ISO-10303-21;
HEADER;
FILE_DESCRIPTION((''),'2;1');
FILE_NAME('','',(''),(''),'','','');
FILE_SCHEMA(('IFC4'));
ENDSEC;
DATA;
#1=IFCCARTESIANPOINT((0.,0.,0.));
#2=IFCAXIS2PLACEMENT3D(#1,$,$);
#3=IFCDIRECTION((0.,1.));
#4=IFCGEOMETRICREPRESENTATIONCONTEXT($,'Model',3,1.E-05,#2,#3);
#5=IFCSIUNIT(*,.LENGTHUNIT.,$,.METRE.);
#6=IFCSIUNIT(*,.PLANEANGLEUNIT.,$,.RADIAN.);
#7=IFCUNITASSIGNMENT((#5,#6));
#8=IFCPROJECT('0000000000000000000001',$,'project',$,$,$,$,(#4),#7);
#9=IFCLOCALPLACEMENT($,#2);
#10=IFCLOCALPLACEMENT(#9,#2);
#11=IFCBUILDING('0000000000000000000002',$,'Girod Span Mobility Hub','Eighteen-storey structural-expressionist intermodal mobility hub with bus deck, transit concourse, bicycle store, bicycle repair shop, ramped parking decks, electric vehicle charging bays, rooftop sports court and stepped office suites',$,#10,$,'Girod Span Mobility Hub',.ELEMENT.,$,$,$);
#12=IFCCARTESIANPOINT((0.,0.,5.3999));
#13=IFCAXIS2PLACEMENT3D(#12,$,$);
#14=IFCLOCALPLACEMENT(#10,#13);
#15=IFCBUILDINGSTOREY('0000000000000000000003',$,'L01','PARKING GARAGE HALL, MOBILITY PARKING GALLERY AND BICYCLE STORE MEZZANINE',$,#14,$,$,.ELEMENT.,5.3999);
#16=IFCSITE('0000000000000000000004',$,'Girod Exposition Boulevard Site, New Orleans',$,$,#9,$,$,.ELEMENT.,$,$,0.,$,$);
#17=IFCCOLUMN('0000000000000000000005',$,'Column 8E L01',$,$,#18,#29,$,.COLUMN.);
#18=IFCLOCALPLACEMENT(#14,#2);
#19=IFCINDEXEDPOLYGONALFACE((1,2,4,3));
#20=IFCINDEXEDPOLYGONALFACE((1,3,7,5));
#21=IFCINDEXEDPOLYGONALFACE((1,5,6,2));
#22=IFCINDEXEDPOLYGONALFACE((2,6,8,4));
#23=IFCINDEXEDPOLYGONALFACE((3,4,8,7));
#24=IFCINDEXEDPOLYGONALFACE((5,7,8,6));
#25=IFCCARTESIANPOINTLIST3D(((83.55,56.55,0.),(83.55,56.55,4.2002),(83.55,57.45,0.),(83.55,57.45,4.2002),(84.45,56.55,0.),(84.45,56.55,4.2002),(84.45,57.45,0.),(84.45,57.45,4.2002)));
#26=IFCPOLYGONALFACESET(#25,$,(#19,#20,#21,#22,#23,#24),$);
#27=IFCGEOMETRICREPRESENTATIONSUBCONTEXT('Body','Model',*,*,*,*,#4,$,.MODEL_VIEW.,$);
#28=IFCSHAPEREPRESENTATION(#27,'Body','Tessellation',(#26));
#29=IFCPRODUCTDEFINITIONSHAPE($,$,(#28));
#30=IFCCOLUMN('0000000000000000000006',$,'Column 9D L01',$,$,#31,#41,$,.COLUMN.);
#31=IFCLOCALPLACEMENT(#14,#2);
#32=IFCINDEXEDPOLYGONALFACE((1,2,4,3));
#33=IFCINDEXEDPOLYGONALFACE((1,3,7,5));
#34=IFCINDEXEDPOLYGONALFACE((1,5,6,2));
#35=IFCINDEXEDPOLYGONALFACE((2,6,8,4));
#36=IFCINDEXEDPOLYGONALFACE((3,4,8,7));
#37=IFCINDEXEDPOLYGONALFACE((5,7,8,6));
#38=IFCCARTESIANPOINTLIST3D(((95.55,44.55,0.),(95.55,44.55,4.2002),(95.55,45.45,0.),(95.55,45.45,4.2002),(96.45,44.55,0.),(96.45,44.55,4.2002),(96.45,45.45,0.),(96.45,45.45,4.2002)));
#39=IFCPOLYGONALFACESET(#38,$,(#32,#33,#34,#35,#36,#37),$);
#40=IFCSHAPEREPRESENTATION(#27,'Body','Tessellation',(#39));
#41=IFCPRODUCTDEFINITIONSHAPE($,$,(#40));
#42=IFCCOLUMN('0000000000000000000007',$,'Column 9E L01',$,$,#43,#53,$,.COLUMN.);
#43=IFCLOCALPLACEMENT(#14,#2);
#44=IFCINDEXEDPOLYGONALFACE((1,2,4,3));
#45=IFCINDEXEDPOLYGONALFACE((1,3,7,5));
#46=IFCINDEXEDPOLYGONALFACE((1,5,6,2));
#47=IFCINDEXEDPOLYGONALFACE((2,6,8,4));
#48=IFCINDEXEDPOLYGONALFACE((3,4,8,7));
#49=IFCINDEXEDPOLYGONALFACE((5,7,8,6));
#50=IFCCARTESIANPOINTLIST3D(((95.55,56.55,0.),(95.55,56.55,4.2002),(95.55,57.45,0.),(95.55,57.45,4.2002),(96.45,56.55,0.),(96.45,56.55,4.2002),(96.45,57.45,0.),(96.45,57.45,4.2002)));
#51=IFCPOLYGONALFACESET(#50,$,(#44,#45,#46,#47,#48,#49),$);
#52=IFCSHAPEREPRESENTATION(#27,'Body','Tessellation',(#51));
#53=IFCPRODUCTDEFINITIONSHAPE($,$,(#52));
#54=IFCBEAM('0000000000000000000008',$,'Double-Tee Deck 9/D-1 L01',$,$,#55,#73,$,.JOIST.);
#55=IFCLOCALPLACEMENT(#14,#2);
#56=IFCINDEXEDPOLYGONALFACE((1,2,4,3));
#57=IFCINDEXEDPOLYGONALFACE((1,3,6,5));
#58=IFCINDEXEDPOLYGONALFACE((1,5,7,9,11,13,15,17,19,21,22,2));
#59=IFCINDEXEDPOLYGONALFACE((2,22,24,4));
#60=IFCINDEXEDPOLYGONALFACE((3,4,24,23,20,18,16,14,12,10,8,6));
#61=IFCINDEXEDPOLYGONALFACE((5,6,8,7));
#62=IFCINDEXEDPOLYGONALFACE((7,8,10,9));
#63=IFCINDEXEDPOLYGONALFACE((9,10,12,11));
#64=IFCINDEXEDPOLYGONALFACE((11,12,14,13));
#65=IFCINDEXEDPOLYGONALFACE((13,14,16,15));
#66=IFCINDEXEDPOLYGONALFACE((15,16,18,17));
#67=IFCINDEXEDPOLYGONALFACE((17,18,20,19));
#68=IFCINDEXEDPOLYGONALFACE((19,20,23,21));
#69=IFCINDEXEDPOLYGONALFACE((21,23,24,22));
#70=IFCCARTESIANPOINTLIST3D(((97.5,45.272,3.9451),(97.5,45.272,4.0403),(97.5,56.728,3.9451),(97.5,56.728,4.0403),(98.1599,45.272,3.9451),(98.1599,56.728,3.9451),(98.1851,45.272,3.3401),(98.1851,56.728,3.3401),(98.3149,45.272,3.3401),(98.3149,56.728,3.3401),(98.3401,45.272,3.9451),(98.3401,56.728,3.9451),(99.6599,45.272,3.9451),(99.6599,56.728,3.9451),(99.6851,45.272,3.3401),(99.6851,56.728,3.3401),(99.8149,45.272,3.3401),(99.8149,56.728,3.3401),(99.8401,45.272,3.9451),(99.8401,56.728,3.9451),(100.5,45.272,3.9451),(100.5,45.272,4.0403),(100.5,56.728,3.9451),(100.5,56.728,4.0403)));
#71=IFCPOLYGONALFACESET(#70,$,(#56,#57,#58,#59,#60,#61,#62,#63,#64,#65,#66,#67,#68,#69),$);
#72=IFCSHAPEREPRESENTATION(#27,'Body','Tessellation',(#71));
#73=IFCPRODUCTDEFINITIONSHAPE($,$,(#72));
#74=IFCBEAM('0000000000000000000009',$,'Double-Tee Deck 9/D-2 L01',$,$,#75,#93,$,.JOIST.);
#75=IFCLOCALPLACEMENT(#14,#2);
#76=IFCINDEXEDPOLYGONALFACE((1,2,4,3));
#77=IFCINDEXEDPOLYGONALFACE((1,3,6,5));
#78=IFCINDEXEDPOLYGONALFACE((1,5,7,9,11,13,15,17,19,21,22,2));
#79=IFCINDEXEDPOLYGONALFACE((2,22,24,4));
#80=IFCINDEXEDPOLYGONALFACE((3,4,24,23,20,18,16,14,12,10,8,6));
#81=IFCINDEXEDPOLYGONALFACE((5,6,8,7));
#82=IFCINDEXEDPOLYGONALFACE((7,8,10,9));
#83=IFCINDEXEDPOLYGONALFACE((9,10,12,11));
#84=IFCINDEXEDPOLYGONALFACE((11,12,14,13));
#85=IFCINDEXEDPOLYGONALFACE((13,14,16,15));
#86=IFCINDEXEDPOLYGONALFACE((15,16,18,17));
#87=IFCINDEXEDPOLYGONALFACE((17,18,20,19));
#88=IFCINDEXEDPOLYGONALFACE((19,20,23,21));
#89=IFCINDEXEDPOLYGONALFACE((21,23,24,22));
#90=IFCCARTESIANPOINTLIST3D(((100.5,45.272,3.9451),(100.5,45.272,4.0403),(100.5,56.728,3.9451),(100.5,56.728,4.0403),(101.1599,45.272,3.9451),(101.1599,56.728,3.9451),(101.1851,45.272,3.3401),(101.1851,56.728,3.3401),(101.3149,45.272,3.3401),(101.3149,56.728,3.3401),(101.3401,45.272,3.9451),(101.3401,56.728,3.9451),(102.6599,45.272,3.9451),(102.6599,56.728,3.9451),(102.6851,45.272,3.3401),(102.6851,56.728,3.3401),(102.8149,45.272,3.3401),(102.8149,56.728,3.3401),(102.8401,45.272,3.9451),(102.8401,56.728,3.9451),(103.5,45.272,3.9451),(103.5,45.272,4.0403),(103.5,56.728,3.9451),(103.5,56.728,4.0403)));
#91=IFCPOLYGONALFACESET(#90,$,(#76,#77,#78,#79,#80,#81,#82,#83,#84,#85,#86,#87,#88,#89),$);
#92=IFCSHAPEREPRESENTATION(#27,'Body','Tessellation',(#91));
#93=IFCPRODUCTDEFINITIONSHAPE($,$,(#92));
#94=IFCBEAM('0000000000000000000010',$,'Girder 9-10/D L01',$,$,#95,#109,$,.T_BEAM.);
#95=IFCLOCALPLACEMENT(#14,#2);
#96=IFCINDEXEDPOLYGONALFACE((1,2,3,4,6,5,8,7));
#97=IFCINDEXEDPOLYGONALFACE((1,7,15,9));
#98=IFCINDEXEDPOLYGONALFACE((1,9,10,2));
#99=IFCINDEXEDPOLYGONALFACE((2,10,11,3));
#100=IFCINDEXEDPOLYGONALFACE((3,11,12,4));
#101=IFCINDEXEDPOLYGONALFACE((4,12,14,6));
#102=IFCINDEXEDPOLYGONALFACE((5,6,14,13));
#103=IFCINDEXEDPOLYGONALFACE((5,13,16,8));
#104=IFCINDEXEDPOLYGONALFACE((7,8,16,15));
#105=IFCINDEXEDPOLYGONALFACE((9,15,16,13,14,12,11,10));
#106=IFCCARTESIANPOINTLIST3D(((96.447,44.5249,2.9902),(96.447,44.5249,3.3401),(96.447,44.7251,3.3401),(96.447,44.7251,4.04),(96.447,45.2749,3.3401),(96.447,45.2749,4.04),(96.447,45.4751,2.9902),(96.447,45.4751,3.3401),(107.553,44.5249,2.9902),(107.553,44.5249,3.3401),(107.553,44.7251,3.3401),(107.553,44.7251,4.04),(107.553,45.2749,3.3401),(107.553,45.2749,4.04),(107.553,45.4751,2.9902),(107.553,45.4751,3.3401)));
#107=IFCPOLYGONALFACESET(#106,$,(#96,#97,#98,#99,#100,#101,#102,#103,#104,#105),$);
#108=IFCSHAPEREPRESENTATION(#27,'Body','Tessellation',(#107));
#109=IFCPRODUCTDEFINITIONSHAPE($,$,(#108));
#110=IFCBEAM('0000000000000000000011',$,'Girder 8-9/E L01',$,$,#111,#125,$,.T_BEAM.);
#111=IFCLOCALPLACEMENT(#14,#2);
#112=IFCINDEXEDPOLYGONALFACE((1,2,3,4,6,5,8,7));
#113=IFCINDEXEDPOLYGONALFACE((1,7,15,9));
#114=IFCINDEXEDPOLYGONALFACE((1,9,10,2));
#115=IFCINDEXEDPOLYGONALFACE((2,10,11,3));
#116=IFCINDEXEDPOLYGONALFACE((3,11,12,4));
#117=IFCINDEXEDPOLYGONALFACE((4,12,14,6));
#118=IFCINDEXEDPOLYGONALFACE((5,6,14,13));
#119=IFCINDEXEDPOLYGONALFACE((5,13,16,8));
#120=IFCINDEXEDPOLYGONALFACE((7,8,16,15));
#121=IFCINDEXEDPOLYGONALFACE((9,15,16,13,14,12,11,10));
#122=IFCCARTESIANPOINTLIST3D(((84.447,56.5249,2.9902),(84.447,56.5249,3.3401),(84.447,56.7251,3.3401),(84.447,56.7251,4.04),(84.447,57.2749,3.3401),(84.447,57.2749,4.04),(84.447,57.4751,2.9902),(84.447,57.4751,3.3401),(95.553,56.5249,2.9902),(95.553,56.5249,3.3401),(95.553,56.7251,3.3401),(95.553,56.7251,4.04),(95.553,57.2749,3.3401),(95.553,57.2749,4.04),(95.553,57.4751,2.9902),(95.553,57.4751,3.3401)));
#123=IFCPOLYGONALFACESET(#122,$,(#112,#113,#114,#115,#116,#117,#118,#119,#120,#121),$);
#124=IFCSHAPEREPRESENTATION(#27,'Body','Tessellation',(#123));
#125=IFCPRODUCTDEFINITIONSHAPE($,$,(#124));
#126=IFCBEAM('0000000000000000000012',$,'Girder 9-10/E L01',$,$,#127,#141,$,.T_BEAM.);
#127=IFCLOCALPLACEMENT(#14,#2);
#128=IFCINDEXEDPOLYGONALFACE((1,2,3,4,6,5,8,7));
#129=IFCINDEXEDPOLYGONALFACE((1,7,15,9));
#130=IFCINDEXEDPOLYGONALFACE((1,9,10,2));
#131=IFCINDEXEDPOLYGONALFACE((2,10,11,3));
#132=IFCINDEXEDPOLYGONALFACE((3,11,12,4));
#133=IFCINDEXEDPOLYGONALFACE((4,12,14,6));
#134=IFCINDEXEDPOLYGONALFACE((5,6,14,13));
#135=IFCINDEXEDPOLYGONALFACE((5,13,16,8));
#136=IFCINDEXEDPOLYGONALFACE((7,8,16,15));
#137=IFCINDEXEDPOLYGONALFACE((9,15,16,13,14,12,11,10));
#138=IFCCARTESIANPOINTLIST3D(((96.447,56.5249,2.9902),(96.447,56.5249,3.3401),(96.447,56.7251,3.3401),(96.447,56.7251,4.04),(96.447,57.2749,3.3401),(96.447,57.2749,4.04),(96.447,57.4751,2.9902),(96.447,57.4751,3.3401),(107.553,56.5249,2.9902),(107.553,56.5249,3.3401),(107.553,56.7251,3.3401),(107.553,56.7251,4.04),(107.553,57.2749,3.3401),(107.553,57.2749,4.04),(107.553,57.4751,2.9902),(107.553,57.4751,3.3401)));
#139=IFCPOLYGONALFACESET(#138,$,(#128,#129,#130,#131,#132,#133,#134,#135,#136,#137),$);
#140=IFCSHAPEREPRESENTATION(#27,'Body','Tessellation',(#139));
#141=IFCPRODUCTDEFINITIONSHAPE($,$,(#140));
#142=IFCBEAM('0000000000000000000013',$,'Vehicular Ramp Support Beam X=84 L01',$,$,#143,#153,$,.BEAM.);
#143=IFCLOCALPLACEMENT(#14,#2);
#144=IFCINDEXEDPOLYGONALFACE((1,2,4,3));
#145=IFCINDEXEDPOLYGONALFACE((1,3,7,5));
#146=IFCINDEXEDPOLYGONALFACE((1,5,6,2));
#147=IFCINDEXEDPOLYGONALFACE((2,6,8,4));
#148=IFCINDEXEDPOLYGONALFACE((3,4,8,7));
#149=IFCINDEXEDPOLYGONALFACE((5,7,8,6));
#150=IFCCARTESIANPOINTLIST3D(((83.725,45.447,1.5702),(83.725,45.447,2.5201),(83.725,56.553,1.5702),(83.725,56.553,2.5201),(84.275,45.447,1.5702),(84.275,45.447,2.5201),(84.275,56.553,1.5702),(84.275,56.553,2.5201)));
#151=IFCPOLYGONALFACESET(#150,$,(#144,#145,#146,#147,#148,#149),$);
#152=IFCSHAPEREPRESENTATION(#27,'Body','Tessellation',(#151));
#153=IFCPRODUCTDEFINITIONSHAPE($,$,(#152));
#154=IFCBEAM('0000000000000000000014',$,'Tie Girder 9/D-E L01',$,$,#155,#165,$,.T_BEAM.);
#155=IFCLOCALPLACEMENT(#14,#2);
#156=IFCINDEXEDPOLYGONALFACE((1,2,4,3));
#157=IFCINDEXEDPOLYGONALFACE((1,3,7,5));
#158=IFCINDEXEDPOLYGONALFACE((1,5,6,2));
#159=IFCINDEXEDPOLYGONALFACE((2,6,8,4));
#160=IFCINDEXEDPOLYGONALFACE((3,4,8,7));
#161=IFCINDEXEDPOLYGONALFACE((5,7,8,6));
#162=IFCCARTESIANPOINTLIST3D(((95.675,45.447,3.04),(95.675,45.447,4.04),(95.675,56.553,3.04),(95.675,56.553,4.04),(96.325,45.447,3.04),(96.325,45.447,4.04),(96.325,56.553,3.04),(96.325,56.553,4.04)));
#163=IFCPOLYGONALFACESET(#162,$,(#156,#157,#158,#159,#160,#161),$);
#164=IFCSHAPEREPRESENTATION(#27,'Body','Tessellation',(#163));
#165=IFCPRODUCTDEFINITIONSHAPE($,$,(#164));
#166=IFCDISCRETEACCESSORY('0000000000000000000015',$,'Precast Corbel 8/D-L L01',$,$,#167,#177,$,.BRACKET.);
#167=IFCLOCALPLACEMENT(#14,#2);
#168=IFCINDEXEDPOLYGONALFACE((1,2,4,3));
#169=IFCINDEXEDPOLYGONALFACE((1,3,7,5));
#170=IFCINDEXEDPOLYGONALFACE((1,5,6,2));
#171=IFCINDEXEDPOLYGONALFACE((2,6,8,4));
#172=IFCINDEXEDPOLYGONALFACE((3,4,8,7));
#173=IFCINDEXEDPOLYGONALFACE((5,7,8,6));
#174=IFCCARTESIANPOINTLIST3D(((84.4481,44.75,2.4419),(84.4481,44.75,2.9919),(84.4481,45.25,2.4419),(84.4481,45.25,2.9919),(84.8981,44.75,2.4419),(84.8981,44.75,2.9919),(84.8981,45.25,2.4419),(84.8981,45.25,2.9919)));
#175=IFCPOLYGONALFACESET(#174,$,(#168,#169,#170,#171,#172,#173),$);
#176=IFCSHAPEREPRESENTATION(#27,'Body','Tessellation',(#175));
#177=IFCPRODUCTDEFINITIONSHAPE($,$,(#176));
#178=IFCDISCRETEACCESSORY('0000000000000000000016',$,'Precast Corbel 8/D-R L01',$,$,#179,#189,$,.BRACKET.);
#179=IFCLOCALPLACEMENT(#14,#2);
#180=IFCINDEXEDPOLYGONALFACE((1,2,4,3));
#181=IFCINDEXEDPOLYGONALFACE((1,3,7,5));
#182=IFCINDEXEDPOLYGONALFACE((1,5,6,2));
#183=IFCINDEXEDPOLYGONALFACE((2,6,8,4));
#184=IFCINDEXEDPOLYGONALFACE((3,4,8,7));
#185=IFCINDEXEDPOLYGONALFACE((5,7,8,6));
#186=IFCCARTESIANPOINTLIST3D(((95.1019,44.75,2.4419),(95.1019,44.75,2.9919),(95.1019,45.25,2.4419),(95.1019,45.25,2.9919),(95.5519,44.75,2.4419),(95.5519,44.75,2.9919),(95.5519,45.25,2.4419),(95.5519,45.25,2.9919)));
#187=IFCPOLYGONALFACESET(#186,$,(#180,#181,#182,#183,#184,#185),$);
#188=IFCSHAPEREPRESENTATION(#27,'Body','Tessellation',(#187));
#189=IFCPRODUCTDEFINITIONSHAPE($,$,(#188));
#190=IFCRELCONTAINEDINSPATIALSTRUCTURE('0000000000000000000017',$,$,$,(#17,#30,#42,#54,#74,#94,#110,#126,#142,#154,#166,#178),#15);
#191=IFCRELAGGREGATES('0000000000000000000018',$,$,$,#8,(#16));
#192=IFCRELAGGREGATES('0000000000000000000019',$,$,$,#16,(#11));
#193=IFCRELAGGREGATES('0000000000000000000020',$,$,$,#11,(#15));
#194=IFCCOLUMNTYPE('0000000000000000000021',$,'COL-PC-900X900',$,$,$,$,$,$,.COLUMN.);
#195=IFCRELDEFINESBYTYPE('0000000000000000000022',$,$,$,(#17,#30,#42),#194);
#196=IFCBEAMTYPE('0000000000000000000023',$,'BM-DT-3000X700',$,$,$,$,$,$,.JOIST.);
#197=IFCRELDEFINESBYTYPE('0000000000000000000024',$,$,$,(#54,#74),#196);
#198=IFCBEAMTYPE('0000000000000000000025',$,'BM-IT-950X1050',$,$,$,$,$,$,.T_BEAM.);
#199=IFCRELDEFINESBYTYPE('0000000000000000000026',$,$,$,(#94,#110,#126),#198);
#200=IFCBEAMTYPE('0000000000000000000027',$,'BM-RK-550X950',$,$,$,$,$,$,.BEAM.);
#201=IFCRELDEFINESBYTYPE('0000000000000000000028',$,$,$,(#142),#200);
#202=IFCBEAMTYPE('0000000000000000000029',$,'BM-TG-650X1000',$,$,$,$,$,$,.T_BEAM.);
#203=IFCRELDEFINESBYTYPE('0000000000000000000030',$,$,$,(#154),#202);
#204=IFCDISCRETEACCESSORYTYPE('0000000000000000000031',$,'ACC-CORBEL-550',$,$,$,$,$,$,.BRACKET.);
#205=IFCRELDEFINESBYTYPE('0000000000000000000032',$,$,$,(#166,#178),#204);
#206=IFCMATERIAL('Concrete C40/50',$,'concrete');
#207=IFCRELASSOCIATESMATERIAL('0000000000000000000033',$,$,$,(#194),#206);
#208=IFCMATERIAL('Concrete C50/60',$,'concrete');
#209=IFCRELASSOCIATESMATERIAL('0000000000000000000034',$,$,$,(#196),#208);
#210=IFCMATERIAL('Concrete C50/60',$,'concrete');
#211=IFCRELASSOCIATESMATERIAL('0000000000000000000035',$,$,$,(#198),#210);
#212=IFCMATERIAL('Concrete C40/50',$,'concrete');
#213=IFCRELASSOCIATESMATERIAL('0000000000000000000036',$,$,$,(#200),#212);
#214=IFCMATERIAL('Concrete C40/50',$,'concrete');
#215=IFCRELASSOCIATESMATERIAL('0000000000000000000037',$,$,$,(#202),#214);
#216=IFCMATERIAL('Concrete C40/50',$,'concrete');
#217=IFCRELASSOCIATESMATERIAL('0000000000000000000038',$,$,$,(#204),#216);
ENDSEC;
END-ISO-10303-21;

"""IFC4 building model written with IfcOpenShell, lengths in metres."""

from ifc_helpers import new_model, si_unit, direction, frame, origin, origin_2d, place, context, subcontext, project, spatial, polyline, rectangle, outline, extrude, material, material_profile, profile_set, type_object, element, save


model = new_model("IFC4")

# Units and contexts
model_context = context("Model", 3, precision=1e-05, world=origin(), true_north=direction((0.0, 1.0)))
body_context = subcontext(model_context, "Body", "Model", "MODEL_VIEW")
ifc_project = project(units=[si_unit("LENGTHUNIT", "METRE"), si_unit("PLANEANGLEUNIT", "RADIAN")], contexts=[model_context])

# Site, building, storey
site_placement = place(None, origin())
site = spatial("IfcSite", under=ifc_project, at=site_placement, Name="Girod Exposition Boulevard Site, New Orleans", CompositionType="ELEMENT", RefElevation=0.0)
building_placement = place(site_placement, origin())
building = spatial("IfcBuilding", under=site, at=building_placement, Name="Girod Span Mobility Hub", Description="Eighteen-storey structural-expressionist intermodal mobility hub with bus deck, transit concourse, bicycle store, bicycle repair shop, ramped parking decks, electric vehicle charging bays, rooftop sports court and stepped office suites", LongName="Girod Span Mobility Hub", CompositionType="ELEMENT")
storey_placement = place(building_placement, frame((0.0, 0.0, 5.3999)))
storey = spatial("IfcBuildingStorey", under=building, at=storey_placement, Name="L01", Description="PARKING GARAGE HALL, MOBILITY PARKING GALLERY AND BICYCLE STORE MEZZANINE", CompositionType="ELEMENT", Elevation=5.3999)

# Columns
ifc_material_1 = material(Name="Concrete C40/50", Category="concrete")
ifc_material_profile_1 = material_profile(ifc_material_1, rectangle(XDim=0.8999, YDim=0.8999, at=origin_2d()), Name="PC-COL-900X900")
ifc_profile_set_1 = profile_set([ifc_material_profile_1], Name="Concrete C40/50")
column_type = type_object("IfcColumnType", Name="COL-PC-900X900", PredefinedType="COLUMN", material=ifc_profile_set_1)
for number, where, z_axis, x_axis, name in (
    (1, (84.0, 57.0, 0.0), (0.0, 0.0, 1.0), (1.0, 0.0, 0.0), "Column 8E L01"),
    (2, (96.0, 45.0, 0.0), (0.0, 0.0, 1.0), (1.0, 0.0, 0.0), "Column 9D L01"),
    (3, (96.0, 57.0, 0.0), (0.0, 0.0, 1.0), (1.0, 0.0, 0.0), "Column 9E L01"),
):
    element("IfcColumn", number, at=place(storey_placement, frame(where, z_axis=z_axis, x_axis=x_axis)), inside=storey, type_object=column_type, Name=name, PredefinedType="COLUMN", context=body_context, shape_type="SweptSolid", body=[
        extrude(rectangle(XDim=0.8999, YDim=0.8999, at=origin_2d()), origin(), (0.0, 0.0, 1.0), 4.2002),
    ])

# Beams
ifc_material_2 = material(Name="Concrete C50/60", Category="concrete")
ifc_material_profile_2 = material_profile(ifc_material_2, outline(polyline([(-1.5, 0.3501), (-1.5, 0.2549), (-0.8401, 0.2549), (-0.8149, -0.3501), (-0.6851, -0.3501), (-0.6599, 0.2549), (0.6599, 0.2549), (0.6851, -0.3501), (0.8149, -0.3501), (0.8401, 0.2549), (1.5, 0.2549), (1.5, 0.3501), (-1.5, 0.3501)])), Name="DT-3000X700")
ifc_profile_set_2 = profile_set([ifc_material_profile_2], Name="Concrete C50/60")
beam_type_1 = type_object("IfcBeamType", Name="BM-DT-3000X700", PredefinedType="JOIST", material=ifc_profile_set_2)
for number, where, z_axis, x_axis, name in (
    (4, (99.0, 45.272, 3.6902), (0.0, 1.0, 0.0), (-1.0, 0.0, 0.0), "Double-Tee Deck 9/D-1 L01"),
    (5, (102.0, 45.272, 3.6902), (0.0, 1.0, 0.0), (-1.0, 0.0, 0.0), "Double-Tee Deck 9/D-2 L01"),
):
    element("IfcBeam", number, at=place(storey_placement, frame(where, z_axis=z_axis, x_axis=x_axis)), inside=storey, type_object=beam_type_1, Name=name, PredefinedType="JOIST", context=body_context, shape_type="SweptSolid", body=[
        extrude(outline(polyline([(-1.5, 0.3501), (-1.5, 0.2549), (-0.8401, 0.2549), (-0.8149, -0.3501), (-0.6851, -0.3501), (-0.6599, 0.2549), (0.6599, 0.2549), (0.6851, -0.3501), (0.8149, -0.3501), (0.8401, 0.2549), (1.5, 0.2549), (1.5, 0.3501), (-1.5, 0.3501)])), origin(), (0.0, 0.0, 1.0), 11.4561),
    ])
ifc_material_3 = material(Name="Concrete C50/60", Category="concrete")
ifc_material_profile_3 = material_profile(ifc_material_3, outline(polyline([(-0.4751, -0.5249), (0.4751, -0.5249), (0.4751, -0.175), (0.2749, -0.175), (0.2749, 0.5249), (-0.2749, 0.5249), (-0.2749, -0.175), (-0.4751, -0.175), (-0.4751, -0.5249)])), Name="IT-950X1050")
ifc_profile_set_3 = profile_set([ifc_material_profile_3], Name="Concrete C50/60")
beam_type_2 = type_object("IfcBeamType", Name="BM-IT-950X1050", PredefinedType="T_BEAM", material=ifc_profile_set_3)
for number, where, z_axis, x_axis, name in (
    (6, (96.447, 45.0, 3.5151), (1.0, 0.0, 0.0), (0.0, 1.0, 0.0), "Girder 9-10/D L01"),
    (7, (84.447, 57.0, 3.5151), (1.0, 0.0, 0.0), (0.0, 1.0, 0.0), "Girder 8-9/E L01"),
    (8, (96.447, 57.0, 3.5151), (1.0, 0.0, 0.0), (0.0, 1.0, 0.0), "Girder 9-10/E L01"),
):
    element("IfcBeam", number, at=place(storey_placement, frame(where, z_axis=z_axis, x_axis=x_axis)), inside=storey, type_object=beam_type_2, Name=name, PredefinedType="T_BEAM", context=body_context, shape_type="SweptSolid", body=[
        extrude(outline(polyline([(-0.4751, -0.5249), (0.4751, -0.5249), (0.4751, -0.175), (0.2749, -0.175), (0.2749, 0.5249), (-0.2749, 0.5249), (-0.2749, -0.175), (-0.4751, -0.175), (-0.4751, -0.5249)])), origin(), (0.0, 0.0, 1.0), 11.106),
    ])
ifc_material_4 = material(Name="Concrete C40/50", Category="concrete")
ifc_material_profile_4 = material_profile(ifc_material_4, rectangle(XDim=0.55, YDim=0.95, at=origin_2d()), Name="RK-550X950")
ifc_profile_set_4 = profile_set([ifc_material_profile_4], Name="Concrete C40/50")
beam_type_3 = type_object("IfcBeamType", Name="BM-RK-550X950", PredefinedType="BEAM", material=ifc_profile_set_4)
beam_1_placement = place(storey_placement, frame((84.0, 45.447, 2.0452), z_axis=(0.0, 1.0, 0.0), x_axis=(-1.0, 0.0, 0.0)))
element("IfcBeam", 9, at=beam_1_placement, inside=storey, type_object=beam_type_3, Name="Vehicular Ramp Support Beam X=84 L01", PredefinedType="BEAM", context=body_context, shape_type="SweptSolid", body=[
    extrude(rectangle(XDim=0.55, YDim=0.95, at=origin_2d()), origin(), (0.0, 0.0, 1.0), 11.106),
])
ifc_material_5 = material(Name="Concrete C40/50", Category="concrete")
ifc_material_profile_5 = material_profile(ifc_material_5, rectangle(XDim=0.6499, YDim=1.0, at=origin_2d()), Name="TG-650X1000")
ifc_profile_set_5 = profile_set([ifc_material_profile_5], Name="Concrete C40/50")
beam_type_4 = type_object("IfcBeamType", Name="BM-TG-650X1000", PredefinedType="T_BEAM", material=ifc_profile_set_5)
beam_2_placement = place(storey_placement, frame((96.0, 45.447, 3.54), z_axis=(0.0, 1.0, 0.0), x_axis=(-1.0, 0.0, 0.0)))
element("IfcBeam", 10, at=beam_2_placement, inside=storey, type_object=beam_type_4, Name="Tie Girder 9/D-E L01", PredefinedType="T_BEAM", context=body_context, shape_type="SweptSolid", body=[
    extrude(rectangle(XDim=0.6499, YDim=1.0, at=origin_2d()), origin(), (0.0, 0.0, 1.0), 11.106),
])

# Discrete accessories
ifc_material_6 = material(Name="Concrete C40/50", Category="concrete")
discrete_accessory_type = type_object("IfcDiscreteAccessoryType", Name="ACC-CORBEL-550", PredefinedType="BRACKET", material=ifc_material_6)
for number, where, z_axis, x_axis, name in (
    (11, (84.6731, 45.0, 2.4419), (0.0, 0.0, 1.0), (1.0, 0.0, 0.0), "Precast Corbel 8/D-L L01"),
    (12, (95.3269, 45.0, 2.4419), (0.0, 0.0, 1.0), (1.0, 0.0, 0.0), "Precast Corbel 8/D-R L01"),
):
    element("IfcDiscreteAccessory", number, at=place(storey_placement, frame(where, z_axis=z_axis, x_axis=x_axis)), inside=storey, type_object=discrete_accessory_type, Name=name, PredefinedType="BRACKET", context=body_context, shape_type="SweptSolid", body=[
        extrude(rectangle(XDim=0.45, YDim=0.5, at=origin_2d()), origin(), (0.0, 0.0, 1.0), 0.55),
    ])

save(model, "model.ifc")
